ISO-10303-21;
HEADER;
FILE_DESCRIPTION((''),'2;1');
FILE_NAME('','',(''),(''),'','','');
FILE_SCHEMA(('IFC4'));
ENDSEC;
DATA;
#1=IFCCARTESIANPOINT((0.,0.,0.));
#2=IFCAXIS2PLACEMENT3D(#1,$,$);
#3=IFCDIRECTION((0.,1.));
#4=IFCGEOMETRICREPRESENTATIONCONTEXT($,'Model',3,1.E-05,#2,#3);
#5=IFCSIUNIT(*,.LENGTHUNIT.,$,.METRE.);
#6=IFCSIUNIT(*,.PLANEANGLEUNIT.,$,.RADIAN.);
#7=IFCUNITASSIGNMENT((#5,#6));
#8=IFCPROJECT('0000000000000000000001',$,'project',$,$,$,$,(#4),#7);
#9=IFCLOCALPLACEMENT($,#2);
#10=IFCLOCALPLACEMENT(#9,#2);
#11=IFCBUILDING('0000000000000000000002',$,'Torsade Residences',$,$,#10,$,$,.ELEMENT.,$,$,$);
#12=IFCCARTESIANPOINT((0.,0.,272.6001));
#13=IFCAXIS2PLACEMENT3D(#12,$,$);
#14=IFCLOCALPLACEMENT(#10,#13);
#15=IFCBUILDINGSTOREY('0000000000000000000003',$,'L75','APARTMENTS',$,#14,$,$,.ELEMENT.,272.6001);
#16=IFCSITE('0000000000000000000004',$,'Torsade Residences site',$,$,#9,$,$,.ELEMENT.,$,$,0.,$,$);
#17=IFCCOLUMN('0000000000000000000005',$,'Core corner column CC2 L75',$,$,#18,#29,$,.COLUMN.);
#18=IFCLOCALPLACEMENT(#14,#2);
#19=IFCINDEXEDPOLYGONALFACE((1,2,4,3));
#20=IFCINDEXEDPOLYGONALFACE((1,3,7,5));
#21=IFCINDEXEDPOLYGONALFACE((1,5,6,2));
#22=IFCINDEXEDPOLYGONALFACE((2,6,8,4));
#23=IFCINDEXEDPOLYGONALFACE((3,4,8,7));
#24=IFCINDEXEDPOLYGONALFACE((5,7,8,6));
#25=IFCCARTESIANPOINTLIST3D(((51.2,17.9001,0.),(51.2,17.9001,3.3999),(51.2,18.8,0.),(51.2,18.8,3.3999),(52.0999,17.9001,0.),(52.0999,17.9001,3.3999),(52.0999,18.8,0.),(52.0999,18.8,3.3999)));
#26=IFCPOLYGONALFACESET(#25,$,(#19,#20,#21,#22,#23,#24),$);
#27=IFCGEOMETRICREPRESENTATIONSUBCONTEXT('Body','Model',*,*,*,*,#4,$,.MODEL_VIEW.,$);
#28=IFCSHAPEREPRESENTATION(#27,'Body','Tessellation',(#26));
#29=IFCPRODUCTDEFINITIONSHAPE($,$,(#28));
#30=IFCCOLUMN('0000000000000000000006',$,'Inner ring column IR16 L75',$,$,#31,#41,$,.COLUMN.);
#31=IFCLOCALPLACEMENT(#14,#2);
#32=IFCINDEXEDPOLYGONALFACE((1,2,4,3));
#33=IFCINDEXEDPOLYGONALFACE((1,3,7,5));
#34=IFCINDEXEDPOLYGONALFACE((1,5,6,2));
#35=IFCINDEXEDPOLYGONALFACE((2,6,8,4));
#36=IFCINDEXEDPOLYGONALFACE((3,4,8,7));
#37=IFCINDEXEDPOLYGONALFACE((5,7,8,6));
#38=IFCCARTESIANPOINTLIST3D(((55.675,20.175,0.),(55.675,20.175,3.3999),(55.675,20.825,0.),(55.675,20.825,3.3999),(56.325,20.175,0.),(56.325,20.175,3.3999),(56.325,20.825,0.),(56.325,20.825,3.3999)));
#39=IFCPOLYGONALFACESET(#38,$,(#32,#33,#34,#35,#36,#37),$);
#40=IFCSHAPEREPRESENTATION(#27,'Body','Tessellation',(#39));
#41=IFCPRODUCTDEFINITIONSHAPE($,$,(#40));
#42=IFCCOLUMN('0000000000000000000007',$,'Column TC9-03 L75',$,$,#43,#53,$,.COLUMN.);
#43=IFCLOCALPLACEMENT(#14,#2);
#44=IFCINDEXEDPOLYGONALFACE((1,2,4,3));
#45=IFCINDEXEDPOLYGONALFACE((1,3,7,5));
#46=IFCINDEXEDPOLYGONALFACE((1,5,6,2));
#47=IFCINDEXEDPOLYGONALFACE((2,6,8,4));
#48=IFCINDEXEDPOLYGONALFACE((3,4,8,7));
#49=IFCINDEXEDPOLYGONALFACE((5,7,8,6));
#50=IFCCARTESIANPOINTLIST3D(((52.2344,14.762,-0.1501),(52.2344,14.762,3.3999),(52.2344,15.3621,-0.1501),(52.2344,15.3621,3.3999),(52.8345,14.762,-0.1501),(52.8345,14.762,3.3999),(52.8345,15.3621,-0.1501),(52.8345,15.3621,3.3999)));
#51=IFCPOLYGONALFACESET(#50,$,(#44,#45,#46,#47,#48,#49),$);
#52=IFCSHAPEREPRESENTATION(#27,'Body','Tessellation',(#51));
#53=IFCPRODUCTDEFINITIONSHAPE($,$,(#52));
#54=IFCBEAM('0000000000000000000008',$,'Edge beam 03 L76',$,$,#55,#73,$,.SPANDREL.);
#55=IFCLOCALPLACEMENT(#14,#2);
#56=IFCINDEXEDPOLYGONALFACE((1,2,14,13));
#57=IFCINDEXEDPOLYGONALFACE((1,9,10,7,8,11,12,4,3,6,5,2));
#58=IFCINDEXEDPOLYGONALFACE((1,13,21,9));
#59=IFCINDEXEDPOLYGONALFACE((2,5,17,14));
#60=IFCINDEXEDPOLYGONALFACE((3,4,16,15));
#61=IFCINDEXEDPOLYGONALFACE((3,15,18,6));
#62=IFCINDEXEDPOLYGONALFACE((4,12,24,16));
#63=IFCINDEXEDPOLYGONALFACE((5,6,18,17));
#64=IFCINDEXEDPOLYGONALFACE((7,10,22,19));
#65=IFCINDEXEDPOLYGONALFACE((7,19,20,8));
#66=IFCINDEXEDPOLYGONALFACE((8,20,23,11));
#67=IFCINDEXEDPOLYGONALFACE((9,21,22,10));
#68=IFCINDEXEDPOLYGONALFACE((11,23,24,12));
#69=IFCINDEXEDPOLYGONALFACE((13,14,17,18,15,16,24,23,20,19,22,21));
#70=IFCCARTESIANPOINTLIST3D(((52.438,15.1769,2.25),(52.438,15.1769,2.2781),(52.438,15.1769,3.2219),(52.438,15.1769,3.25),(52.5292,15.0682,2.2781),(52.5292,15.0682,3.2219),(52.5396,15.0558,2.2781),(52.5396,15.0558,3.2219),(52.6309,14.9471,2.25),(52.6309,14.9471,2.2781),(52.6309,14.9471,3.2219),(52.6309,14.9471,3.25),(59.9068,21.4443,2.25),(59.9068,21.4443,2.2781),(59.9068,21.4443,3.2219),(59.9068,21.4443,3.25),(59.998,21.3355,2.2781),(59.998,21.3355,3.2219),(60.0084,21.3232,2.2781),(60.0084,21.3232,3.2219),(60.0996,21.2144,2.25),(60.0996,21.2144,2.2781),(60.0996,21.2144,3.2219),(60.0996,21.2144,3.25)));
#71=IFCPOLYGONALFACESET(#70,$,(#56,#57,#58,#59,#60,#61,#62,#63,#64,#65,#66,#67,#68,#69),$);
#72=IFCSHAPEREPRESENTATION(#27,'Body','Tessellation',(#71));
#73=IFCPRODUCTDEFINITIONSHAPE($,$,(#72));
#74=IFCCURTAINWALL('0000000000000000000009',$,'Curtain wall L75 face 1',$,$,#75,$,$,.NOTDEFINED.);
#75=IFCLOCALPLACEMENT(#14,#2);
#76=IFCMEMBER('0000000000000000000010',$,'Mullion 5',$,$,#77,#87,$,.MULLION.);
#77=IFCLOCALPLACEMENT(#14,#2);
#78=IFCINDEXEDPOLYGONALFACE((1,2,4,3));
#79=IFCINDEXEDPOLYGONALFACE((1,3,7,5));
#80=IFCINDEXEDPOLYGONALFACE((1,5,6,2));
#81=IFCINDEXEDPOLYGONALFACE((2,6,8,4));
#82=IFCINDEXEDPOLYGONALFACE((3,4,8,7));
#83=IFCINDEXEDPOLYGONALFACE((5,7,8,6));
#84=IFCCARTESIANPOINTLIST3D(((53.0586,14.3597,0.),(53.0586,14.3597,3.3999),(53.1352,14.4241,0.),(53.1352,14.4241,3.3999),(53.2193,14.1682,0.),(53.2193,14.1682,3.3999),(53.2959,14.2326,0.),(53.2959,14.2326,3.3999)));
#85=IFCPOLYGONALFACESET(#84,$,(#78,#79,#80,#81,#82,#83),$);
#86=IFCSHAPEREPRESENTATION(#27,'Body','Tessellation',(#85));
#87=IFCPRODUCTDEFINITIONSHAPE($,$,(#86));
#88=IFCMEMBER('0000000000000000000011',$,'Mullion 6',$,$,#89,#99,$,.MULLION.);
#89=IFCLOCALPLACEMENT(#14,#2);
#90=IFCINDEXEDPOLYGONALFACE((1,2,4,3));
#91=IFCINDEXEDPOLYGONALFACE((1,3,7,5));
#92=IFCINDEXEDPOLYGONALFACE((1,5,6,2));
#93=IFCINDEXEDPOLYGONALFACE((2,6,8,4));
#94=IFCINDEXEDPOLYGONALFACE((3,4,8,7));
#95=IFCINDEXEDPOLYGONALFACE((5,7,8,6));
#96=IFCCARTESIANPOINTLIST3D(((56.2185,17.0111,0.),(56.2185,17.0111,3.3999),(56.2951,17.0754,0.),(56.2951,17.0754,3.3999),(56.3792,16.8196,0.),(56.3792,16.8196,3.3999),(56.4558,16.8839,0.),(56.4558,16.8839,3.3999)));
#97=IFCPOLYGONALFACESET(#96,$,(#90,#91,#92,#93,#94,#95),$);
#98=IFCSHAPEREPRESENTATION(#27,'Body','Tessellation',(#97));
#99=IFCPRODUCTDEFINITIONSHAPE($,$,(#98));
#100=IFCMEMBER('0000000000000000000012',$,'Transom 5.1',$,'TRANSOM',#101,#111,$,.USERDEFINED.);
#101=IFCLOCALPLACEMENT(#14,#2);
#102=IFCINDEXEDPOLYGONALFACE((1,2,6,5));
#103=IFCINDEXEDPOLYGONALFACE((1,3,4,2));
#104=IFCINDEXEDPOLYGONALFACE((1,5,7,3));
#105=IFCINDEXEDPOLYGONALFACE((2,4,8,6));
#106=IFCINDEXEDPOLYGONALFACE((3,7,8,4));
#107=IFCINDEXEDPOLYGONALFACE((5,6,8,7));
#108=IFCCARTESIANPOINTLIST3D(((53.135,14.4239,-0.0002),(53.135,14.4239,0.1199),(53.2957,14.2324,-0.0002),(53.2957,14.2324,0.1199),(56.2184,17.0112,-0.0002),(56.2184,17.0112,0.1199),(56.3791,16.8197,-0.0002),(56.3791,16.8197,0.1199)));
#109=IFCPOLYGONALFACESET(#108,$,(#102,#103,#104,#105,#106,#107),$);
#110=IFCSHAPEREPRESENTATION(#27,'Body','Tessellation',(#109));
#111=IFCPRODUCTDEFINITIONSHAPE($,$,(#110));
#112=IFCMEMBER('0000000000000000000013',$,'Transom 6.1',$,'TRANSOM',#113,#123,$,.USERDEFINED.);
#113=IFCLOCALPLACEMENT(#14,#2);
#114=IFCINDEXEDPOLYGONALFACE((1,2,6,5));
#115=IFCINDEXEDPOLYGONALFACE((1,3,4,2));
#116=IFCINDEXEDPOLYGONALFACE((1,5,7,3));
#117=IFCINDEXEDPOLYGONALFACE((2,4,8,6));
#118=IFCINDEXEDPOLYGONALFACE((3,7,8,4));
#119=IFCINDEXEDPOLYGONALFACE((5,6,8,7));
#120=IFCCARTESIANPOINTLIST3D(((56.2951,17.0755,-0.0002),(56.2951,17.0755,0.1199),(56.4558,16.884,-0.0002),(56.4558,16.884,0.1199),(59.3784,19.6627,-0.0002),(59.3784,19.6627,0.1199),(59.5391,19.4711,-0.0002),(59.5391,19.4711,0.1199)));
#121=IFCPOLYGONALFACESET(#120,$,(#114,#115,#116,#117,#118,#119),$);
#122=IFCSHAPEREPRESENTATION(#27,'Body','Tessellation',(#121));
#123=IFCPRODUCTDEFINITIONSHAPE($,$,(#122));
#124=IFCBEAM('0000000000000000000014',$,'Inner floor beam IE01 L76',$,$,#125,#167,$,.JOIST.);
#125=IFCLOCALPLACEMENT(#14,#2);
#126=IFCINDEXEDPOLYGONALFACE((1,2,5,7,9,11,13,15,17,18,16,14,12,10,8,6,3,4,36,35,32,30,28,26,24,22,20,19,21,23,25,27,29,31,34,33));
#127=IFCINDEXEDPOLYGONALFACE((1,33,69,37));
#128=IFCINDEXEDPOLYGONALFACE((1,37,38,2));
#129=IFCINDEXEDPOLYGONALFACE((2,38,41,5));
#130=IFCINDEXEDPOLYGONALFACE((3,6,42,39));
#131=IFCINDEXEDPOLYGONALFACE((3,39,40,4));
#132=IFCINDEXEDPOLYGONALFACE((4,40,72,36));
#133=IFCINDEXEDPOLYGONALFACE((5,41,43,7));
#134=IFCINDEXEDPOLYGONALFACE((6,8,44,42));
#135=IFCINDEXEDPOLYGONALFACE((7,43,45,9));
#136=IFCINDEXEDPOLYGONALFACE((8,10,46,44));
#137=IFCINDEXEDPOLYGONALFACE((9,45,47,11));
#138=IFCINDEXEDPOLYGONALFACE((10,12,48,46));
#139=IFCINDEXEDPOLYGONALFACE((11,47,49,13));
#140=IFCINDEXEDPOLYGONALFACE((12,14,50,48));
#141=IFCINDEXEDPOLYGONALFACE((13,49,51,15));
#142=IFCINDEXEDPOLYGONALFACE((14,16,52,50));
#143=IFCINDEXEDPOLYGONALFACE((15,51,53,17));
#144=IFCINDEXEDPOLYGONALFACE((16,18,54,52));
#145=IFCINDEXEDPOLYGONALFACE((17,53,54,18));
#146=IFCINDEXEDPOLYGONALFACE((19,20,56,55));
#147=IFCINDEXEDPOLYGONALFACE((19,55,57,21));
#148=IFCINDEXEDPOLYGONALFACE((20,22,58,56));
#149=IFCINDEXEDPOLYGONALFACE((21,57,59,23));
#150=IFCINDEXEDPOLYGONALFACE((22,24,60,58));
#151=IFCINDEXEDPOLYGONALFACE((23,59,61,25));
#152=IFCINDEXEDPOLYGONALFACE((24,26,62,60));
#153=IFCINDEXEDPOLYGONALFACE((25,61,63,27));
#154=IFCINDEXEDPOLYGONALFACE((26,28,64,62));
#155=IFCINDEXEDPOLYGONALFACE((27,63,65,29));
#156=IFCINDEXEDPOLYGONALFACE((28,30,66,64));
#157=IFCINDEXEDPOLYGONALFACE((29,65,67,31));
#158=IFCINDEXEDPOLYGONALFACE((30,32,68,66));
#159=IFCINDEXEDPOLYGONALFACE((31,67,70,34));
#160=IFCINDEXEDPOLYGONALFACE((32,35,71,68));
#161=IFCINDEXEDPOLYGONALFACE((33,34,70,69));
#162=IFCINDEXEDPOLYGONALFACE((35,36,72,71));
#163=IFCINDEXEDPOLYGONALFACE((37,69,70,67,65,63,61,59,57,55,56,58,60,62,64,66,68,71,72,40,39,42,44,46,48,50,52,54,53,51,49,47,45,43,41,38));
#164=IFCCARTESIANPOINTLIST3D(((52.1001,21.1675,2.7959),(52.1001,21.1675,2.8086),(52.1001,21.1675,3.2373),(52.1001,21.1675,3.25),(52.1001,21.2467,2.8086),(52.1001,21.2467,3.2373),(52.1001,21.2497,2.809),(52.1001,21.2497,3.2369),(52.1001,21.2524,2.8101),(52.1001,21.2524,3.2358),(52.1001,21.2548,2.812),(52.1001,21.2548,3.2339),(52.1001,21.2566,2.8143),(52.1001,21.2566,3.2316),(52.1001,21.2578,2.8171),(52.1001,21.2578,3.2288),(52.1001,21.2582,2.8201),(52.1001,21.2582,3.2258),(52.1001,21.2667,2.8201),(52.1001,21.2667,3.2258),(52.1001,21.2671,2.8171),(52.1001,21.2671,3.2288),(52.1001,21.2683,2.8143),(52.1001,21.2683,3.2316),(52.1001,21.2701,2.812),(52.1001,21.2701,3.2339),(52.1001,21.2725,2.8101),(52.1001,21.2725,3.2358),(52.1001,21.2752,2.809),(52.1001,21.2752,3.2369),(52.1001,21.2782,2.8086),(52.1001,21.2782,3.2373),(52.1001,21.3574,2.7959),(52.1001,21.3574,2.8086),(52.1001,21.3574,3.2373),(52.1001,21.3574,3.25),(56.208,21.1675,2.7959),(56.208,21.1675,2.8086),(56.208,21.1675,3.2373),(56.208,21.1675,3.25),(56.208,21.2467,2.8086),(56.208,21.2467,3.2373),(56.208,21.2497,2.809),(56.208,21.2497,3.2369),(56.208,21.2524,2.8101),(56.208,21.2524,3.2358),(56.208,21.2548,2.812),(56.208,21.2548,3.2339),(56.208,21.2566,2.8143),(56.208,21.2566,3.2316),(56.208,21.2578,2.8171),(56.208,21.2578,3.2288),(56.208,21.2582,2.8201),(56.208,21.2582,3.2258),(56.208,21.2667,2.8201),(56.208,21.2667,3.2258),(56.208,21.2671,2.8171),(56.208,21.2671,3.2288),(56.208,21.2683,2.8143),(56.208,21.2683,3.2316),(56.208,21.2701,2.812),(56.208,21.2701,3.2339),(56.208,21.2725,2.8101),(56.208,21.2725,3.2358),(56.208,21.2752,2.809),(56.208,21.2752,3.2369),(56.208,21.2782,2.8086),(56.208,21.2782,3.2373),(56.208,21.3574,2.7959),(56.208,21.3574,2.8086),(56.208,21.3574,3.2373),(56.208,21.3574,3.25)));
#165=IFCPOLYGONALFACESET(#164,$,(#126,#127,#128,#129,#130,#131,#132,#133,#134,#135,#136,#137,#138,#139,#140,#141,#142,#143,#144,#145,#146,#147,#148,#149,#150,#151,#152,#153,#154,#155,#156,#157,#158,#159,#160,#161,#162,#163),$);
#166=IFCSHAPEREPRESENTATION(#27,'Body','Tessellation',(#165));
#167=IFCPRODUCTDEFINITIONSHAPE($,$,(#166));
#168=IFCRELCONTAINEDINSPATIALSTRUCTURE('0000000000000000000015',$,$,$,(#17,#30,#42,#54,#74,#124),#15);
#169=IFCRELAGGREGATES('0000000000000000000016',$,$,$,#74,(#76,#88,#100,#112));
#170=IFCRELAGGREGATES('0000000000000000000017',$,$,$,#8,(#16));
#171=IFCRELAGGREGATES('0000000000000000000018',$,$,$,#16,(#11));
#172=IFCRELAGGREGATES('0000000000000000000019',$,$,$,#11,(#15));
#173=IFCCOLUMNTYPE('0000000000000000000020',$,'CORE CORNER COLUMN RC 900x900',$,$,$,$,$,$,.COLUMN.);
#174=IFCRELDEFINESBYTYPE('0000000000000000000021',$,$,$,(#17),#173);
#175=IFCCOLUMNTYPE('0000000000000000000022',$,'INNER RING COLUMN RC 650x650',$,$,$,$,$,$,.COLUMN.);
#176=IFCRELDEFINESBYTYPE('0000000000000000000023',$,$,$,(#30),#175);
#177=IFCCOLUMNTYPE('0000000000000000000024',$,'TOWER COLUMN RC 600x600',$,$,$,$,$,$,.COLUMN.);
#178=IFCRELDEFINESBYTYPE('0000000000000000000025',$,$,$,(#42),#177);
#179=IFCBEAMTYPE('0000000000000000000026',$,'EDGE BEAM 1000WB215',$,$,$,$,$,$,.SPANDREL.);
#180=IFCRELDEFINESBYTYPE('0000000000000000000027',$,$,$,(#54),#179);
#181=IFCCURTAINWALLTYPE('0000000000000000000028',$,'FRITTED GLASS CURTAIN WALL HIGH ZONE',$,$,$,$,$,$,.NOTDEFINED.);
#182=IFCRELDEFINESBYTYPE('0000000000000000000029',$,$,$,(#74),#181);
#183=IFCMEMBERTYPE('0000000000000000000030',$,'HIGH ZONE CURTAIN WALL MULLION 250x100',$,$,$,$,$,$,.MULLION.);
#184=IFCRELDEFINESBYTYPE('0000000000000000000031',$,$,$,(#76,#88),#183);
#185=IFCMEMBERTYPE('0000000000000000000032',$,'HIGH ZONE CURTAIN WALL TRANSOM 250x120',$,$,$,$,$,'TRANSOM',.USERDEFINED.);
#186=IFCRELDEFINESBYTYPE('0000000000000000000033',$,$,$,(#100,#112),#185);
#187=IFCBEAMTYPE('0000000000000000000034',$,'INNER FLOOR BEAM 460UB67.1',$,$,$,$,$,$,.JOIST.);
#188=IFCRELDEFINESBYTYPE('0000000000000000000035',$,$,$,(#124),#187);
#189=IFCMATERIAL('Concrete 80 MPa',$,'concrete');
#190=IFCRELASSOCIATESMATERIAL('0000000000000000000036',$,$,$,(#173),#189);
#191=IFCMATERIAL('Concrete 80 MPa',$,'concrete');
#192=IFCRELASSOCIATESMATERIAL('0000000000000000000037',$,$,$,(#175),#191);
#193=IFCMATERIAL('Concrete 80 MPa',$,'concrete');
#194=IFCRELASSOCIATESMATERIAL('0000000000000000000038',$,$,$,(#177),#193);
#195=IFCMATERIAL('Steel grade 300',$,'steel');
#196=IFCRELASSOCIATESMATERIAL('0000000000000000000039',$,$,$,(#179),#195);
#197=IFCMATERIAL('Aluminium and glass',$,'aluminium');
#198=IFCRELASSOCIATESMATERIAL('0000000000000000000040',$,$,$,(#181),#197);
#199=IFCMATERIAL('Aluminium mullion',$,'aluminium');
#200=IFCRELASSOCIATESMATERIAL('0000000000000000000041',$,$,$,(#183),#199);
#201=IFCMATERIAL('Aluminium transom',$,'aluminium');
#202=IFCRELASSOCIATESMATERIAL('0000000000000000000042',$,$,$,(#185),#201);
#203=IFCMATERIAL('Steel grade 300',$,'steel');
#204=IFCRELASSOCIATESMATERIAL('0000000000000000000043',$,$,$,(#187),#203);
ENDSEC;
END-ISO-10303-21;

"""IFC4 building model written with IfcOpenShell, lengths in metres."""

from ifc_helpers import new_model, si_unit, direction, frame, origin, origin_2d, place, context, subcontext, project, spatial, rectangle, i_section, extrude, material, material_profile, profile_set, type_object, element, aggregate, save


model = new_model("IFC4")

# Units and contexts
model_context = context("Model", 3, precision=1e-05, world=origin(), true_north=direction((0.0, 1.0)))
body_context = subcontext(model_context, "Body", "Model", "MODEL_VIEW")
ifc_project = project(units=[si_unit("LENGTHUNIT", "METRE"), si_unit("PLANEANGLEUNIT", "RADIAN")], contexts=[model_context])

# Site, building, storey
site_placement = place(None, origin())
site = spatial("IfcSite", under=ifc_project, at=site_placement, Name="Torsade Residences site", CompositionType="ELEMENT", RefElevation=0.0)
building_placement = place(site_placement, origin())
building = spatial("IfcBuilding", under=site, at=building_placement, Name="Torsade Residences", CompositionType="ELEMENT")
storey_placement = place(building_placement, frame((0.0, 0.0, 272.6001)))
storey = spatial("IfcBuildingStorey", under=building, at=storey_placement, Name="L75", Description="APARTMENTS", CompositionType="ELEMENT", Elevation=272.6001)

# Columns
ifc_material_1 = material(Name="Concrete 80 MPa", Category="concrete")
ifc_material_profile_1 = material_profile(ifc_material_1, rectangle(XDim=0.8999, YDim=0.8999, at=origin_2d()), Name="RC 900x900")
ifc_profile_set_1 = profile_set([ifc_material_profile_1], Name="Concrete 80 MPa")
column_type_1 = type_object("IfcColumnType", Name="CORE CORNER COLUMN RC 900x900", PredefinedType="COLUMN", material=ifc_profile_set_1)
column_1_placement = place(storey_placement, frame((51.6499, 18.3501, 0.0), z_axis=(0.0, 0.0, 1.0), x_axis=(1.0, 0.0, 0.0)))
element("IfcColumn", 1, at=column_1_placement, inside=storey, type_object=column_type_1, Name="Core corner column CC2 L75", PredefinedType="COLUMN", context=body_context, shape_type="SweptSolid", body=[
    extrude(rectangle(XDim=0.8999, YDim=0.8999, at=origin_2d()), origin(), (0.0, 0.0, 1.0), 3.3999),
])
ifc_material_2 = material(Name="Concrete 80 MPa", Category="concrete")
ifc_material_profile_2 = material_profile(ifc_material_2, rectangle(XDim=0.6499, YDim=0.6499, at=origin_2d()), Name="RC 650x650")
ifc_profile_set_2 = profile_set([ifc_material_profile_2], Name="Concrete 80 MPa")
column_type_2 = type_object("IfcColumnType", Name="INNER RING COLUMN RC 650x650", PredefinedType="COLUMN", material=ifc_profile_set_2)
column_2_placement = place(storey_placement, frame((56.0, 20.5, 0.0), z_axis=(0.0, 0.0, 1.0), x_axis=(1.0, 0.0, 0.0)))
element("IfcColumn", 2, at=column_2_placement, inside=storey, type_object=column_type_2, Name="Inner ring column IR16 L75", PredefinedType="COLUMN", context=body_context, shape_type="SweptSolid", body=[
    extrude(rectangle(XDim=0.6499, YDim=0.6499, at=origin_2d()), origin(), (0.0, 0.0, 1.0), 3.3999),
])
ifc_material_3 = material(Name="Concrete 80 MPa", Category="concrete")
ifc_material_profile_3 = material_profile(ifc_material_3, rectangle(XDim=0.6001, YDim=0.6001, at=origin_2d()), Name="RC 600x600")
ifc_profile_set_3 = profile_set([ifc_material_profile_3], Name="Concrete 80 MPa")
column_type_3 = type_object("IfcColumnType", Name="TOWER COLUMN RC 600x600", PredefinedType="COLUMN", material=ifc_profile_set_3)
column_3_placement = place(storey_placement, frame((52.5344, 15.062, -0.1501), z_axis=(0.0, 0.0, 1.0), x_axis=(1.0, 0.0, 0.0)))
element("IfcColumn", 3, at=column_3_placement, inside=storey, type_object=column_type_3, Name="Column TC9-03 L75", PredefinedType="COLUMN", context=body_context, shape_type="SweptSolid", body=[
    extrude(rectangle(XDim=0.6001, YDim=0.6001, at=origin_2d()), origin(), (0.0, 0.0, 1.0), 3.55),
])

# Beam
ifc_material_4 = material(Name="Steel grade 300", Category="steel")
ifc_material_profile_4 = material_profile(ifc_material_4, i_section(OverallWidth=0.3, OverallDepth=1.0, WebThickness=0.0161, FlangeThickness=0.0281, at=origin_2d()), Name="1000WB215")
ifc_profile_set_4 = profile_set([ifc_material_profile_4], Name="Steel grade 300")
beam_type_1 = type_object("IfcBeamType", Name="EDGE BEAM 1000WB215", PredefinedType="SPANDREL", material=ifc_profile_set_4)
beam_1_placement = place(storey_placement, frame((52.5344, 15.062, 2.75), z_axis=(0.766029, 0.642806, 0.0), x_axis=(-0.642806, 0.766029, 0.0)))
element("IfcBeam", 4, at=beam_1_placement, inside=storey, type_object=beam_type_1, Name="Edge beam 03 L76", PredefinedType="SPANDREL", context=body_context, shape_type="SweptSolid", body=[
    extrude(i_section(OverallWidth=0.3, OverallDepth=1.0, WebThickness=0.0161, FlangeThickness=0.0281, at=origin_2d()), origin(), (0.0, 0.0, 1.0), 9.75),
])

# Curtain wall, members
ifc_material_5 = material(Name="Aluminium and glass", Category="aluminium")
curtain_wall_type = type_object("IfcCurtainWallType", Name="FRITTED GLASS CURTAIN WALL HIGH ZONE", PredefinedType="NOTDEFINED", material=ifc_material_5)
curtain_wall_placement = place(storey_placement, origin())
curtain_wall = element("IfcCurtainWall", 5, at=curtain_wall_placement, inside=storey, type_object=curtain_wall_type, Name="Curtain wall L75 face 1", PredefinedType="NOTDEFINED")
ifc_material_6 = material(Name="Aluminium mullion", Category="aluminium")
ifc_material_profile_5 = material_profile(ifc_material_6, rectangle(XDim=0.25, YDim=0.1001, at=origin_2d()), Name="HIGH ZONE CURTAIN WALL MULLION 250x100")
ifc_profile_set_5 = profile_set([ifc_material_profile_5], Name="Aluminium mullion")
member_type_1 = type_object("IfcMemberType", Name="HIGH ZONE CURTAIN WALL MULLION 250x100", PredefinedType="MULLION", material=ifc_profile_set_5)
member_1_placement = place(storey_placement, frame((53.1772, 14.2961, 0.0), z_axis=(0.0, 0.0, 1.0), x_axis=(-0.642788, 0.766044, 0.0)))
member_1 = element("IfcMember", 6, at=member_1_placement, type_object=member_type_1, Name="Mullion 5", PredefinedType="MULLION", context=body_context, shape_type="SweptSolid", body=[
    extrude(rectangle(XDim=0.25, YDim=0.1001, at=origin_2d()), origin(), (0.0, 0.0, 1.0), 3.3999),
])
member_2_placement = place(storey_placement, frame((56.3372, 16.9475, 0.0), z_axis=(0.0, 0.0, 1.0), x_axis=(-0.642788, 0.766044, 0.0)))
member_2 = element("IfcMember", 7, at=member_2_placement, type_object=member_type_1, Name="Mullion 6", PredefinedType="MULLION", context=body_context, shape_type="SweptSolid", body=[
    extrude(rectangle(XDim=0.25, YDim=0.1001, at=origin_2d()), origin(), (0.0, 0.0, 1.0), 3.3999),
])
ifc_material_7 = material(Name="Aluminium transom", Category="aluminium")
ifc_material_profile_6 = material_profile(ifc_material_7, rectangle(XDim=0.25, YDim=0.1201, at=origin_2d()), Name="HIGH ZONE CURTAIN WALL TRANSOM 250x120")
ifc_profile_set_6 = profile_set([ifc_material_profile_6], Name="Aluminium transom")
member_type_2 = type_object("IfcMemberType", Name="HIGH ZONE CURTAIN WALL TRANSOM 250x120", ElementType="TRANSOM", PredefinedType="USERDEFINED", material=ifc_profile_set_6)
member_3_placement = place(storey_placement, frame((53.2153, 14.3281, 0.0598), z_axis=(0.766039, 0.642794, 0.0), x_axis=(-0.642794, 0.766039, 0.0)))
member_3 = element("IfcMember", 8, at=member_3_placement, type_object=member_type_2, Name="Transom 5.1", ObjectType="TRANSOM", PredefinedType="USERDEFINED", context=body_context, shape_type="SweptSolid", body=[
    extrude(rectangle(XDim=0.25, YDim=0.1201, at=origin_2d()), origin(), (0.0, 0.0, 1.0), 4.0251),
])
member_4_placement = place(storey_placement, frame((56.3755, 16.9797, 0.0598), z_axis=(0.766044, 0.642788, 0.0), x_axis=(-0.642788, 0.766044, 0.0)))
member_4 = element("IfcMember", 9, at=member_4_placement, type_object=member_type_2, Name="Transom 6.1", ObjectType="TRANSOM", PredefinedType="USERDEFINED", context=body_context, shape_type="SweptSolid", body=[
    extrude(rectangle(XDim=0.25, YDim=0.1201, at=origin_2d()), origin(), (0.0, 0.0, 1.0), 4.0249),
])

# Beam
ifc_material_8 = material(Name="Steel grade 300", Category="steel")
ifc_material_profile_7 = material_profile(ifc_material_8, i_section(OverallWidth=0.1899, OverallDepth=0.4541, WebThickness=0.0085, FlangeThickness=0.0127, FilletRadius=0.0115, at=origin_2d()), Name="460UB67.1")
ifc_profile_set_7 = profile_set([ifc_material_profile_7], Name="Steel grade 300")
beam_type_2 = type_object("IfcBeamType", Name="INNER FLOOR BEAM 460UB67.1", PredefinedType="JOIST", material=ifc_profile_set_7)
beam_2_placement = place(storey_placement, frame((52.1001, 21.2625, 3.0229), z_axis=(1.0, 0.0, 0.0), x_axis=(0.0, 1.0, 0.0)))
element("IfcBeam", 10, at=beam_2_placement, inside=storey, type_object=beam_type_2, Name="Inner floor beam IE01 L76", PredefinedType="JOIST", context=body_context, shape_type="SweptSolid", body=[
    extrude(i_section(OverallWidth=0.1899, OverallDepth=0.4541, WebThickness=0.0085, FlangeThickness=0.0127, FilletRadius=0.0115, at=origin_2d()), origin(), (0.0, 0.0, 1.0), 4.1079),
])

aggregate(curtain_wall, [member_1, member_2, member_3, member_4])

save(model, "model.ifc")
